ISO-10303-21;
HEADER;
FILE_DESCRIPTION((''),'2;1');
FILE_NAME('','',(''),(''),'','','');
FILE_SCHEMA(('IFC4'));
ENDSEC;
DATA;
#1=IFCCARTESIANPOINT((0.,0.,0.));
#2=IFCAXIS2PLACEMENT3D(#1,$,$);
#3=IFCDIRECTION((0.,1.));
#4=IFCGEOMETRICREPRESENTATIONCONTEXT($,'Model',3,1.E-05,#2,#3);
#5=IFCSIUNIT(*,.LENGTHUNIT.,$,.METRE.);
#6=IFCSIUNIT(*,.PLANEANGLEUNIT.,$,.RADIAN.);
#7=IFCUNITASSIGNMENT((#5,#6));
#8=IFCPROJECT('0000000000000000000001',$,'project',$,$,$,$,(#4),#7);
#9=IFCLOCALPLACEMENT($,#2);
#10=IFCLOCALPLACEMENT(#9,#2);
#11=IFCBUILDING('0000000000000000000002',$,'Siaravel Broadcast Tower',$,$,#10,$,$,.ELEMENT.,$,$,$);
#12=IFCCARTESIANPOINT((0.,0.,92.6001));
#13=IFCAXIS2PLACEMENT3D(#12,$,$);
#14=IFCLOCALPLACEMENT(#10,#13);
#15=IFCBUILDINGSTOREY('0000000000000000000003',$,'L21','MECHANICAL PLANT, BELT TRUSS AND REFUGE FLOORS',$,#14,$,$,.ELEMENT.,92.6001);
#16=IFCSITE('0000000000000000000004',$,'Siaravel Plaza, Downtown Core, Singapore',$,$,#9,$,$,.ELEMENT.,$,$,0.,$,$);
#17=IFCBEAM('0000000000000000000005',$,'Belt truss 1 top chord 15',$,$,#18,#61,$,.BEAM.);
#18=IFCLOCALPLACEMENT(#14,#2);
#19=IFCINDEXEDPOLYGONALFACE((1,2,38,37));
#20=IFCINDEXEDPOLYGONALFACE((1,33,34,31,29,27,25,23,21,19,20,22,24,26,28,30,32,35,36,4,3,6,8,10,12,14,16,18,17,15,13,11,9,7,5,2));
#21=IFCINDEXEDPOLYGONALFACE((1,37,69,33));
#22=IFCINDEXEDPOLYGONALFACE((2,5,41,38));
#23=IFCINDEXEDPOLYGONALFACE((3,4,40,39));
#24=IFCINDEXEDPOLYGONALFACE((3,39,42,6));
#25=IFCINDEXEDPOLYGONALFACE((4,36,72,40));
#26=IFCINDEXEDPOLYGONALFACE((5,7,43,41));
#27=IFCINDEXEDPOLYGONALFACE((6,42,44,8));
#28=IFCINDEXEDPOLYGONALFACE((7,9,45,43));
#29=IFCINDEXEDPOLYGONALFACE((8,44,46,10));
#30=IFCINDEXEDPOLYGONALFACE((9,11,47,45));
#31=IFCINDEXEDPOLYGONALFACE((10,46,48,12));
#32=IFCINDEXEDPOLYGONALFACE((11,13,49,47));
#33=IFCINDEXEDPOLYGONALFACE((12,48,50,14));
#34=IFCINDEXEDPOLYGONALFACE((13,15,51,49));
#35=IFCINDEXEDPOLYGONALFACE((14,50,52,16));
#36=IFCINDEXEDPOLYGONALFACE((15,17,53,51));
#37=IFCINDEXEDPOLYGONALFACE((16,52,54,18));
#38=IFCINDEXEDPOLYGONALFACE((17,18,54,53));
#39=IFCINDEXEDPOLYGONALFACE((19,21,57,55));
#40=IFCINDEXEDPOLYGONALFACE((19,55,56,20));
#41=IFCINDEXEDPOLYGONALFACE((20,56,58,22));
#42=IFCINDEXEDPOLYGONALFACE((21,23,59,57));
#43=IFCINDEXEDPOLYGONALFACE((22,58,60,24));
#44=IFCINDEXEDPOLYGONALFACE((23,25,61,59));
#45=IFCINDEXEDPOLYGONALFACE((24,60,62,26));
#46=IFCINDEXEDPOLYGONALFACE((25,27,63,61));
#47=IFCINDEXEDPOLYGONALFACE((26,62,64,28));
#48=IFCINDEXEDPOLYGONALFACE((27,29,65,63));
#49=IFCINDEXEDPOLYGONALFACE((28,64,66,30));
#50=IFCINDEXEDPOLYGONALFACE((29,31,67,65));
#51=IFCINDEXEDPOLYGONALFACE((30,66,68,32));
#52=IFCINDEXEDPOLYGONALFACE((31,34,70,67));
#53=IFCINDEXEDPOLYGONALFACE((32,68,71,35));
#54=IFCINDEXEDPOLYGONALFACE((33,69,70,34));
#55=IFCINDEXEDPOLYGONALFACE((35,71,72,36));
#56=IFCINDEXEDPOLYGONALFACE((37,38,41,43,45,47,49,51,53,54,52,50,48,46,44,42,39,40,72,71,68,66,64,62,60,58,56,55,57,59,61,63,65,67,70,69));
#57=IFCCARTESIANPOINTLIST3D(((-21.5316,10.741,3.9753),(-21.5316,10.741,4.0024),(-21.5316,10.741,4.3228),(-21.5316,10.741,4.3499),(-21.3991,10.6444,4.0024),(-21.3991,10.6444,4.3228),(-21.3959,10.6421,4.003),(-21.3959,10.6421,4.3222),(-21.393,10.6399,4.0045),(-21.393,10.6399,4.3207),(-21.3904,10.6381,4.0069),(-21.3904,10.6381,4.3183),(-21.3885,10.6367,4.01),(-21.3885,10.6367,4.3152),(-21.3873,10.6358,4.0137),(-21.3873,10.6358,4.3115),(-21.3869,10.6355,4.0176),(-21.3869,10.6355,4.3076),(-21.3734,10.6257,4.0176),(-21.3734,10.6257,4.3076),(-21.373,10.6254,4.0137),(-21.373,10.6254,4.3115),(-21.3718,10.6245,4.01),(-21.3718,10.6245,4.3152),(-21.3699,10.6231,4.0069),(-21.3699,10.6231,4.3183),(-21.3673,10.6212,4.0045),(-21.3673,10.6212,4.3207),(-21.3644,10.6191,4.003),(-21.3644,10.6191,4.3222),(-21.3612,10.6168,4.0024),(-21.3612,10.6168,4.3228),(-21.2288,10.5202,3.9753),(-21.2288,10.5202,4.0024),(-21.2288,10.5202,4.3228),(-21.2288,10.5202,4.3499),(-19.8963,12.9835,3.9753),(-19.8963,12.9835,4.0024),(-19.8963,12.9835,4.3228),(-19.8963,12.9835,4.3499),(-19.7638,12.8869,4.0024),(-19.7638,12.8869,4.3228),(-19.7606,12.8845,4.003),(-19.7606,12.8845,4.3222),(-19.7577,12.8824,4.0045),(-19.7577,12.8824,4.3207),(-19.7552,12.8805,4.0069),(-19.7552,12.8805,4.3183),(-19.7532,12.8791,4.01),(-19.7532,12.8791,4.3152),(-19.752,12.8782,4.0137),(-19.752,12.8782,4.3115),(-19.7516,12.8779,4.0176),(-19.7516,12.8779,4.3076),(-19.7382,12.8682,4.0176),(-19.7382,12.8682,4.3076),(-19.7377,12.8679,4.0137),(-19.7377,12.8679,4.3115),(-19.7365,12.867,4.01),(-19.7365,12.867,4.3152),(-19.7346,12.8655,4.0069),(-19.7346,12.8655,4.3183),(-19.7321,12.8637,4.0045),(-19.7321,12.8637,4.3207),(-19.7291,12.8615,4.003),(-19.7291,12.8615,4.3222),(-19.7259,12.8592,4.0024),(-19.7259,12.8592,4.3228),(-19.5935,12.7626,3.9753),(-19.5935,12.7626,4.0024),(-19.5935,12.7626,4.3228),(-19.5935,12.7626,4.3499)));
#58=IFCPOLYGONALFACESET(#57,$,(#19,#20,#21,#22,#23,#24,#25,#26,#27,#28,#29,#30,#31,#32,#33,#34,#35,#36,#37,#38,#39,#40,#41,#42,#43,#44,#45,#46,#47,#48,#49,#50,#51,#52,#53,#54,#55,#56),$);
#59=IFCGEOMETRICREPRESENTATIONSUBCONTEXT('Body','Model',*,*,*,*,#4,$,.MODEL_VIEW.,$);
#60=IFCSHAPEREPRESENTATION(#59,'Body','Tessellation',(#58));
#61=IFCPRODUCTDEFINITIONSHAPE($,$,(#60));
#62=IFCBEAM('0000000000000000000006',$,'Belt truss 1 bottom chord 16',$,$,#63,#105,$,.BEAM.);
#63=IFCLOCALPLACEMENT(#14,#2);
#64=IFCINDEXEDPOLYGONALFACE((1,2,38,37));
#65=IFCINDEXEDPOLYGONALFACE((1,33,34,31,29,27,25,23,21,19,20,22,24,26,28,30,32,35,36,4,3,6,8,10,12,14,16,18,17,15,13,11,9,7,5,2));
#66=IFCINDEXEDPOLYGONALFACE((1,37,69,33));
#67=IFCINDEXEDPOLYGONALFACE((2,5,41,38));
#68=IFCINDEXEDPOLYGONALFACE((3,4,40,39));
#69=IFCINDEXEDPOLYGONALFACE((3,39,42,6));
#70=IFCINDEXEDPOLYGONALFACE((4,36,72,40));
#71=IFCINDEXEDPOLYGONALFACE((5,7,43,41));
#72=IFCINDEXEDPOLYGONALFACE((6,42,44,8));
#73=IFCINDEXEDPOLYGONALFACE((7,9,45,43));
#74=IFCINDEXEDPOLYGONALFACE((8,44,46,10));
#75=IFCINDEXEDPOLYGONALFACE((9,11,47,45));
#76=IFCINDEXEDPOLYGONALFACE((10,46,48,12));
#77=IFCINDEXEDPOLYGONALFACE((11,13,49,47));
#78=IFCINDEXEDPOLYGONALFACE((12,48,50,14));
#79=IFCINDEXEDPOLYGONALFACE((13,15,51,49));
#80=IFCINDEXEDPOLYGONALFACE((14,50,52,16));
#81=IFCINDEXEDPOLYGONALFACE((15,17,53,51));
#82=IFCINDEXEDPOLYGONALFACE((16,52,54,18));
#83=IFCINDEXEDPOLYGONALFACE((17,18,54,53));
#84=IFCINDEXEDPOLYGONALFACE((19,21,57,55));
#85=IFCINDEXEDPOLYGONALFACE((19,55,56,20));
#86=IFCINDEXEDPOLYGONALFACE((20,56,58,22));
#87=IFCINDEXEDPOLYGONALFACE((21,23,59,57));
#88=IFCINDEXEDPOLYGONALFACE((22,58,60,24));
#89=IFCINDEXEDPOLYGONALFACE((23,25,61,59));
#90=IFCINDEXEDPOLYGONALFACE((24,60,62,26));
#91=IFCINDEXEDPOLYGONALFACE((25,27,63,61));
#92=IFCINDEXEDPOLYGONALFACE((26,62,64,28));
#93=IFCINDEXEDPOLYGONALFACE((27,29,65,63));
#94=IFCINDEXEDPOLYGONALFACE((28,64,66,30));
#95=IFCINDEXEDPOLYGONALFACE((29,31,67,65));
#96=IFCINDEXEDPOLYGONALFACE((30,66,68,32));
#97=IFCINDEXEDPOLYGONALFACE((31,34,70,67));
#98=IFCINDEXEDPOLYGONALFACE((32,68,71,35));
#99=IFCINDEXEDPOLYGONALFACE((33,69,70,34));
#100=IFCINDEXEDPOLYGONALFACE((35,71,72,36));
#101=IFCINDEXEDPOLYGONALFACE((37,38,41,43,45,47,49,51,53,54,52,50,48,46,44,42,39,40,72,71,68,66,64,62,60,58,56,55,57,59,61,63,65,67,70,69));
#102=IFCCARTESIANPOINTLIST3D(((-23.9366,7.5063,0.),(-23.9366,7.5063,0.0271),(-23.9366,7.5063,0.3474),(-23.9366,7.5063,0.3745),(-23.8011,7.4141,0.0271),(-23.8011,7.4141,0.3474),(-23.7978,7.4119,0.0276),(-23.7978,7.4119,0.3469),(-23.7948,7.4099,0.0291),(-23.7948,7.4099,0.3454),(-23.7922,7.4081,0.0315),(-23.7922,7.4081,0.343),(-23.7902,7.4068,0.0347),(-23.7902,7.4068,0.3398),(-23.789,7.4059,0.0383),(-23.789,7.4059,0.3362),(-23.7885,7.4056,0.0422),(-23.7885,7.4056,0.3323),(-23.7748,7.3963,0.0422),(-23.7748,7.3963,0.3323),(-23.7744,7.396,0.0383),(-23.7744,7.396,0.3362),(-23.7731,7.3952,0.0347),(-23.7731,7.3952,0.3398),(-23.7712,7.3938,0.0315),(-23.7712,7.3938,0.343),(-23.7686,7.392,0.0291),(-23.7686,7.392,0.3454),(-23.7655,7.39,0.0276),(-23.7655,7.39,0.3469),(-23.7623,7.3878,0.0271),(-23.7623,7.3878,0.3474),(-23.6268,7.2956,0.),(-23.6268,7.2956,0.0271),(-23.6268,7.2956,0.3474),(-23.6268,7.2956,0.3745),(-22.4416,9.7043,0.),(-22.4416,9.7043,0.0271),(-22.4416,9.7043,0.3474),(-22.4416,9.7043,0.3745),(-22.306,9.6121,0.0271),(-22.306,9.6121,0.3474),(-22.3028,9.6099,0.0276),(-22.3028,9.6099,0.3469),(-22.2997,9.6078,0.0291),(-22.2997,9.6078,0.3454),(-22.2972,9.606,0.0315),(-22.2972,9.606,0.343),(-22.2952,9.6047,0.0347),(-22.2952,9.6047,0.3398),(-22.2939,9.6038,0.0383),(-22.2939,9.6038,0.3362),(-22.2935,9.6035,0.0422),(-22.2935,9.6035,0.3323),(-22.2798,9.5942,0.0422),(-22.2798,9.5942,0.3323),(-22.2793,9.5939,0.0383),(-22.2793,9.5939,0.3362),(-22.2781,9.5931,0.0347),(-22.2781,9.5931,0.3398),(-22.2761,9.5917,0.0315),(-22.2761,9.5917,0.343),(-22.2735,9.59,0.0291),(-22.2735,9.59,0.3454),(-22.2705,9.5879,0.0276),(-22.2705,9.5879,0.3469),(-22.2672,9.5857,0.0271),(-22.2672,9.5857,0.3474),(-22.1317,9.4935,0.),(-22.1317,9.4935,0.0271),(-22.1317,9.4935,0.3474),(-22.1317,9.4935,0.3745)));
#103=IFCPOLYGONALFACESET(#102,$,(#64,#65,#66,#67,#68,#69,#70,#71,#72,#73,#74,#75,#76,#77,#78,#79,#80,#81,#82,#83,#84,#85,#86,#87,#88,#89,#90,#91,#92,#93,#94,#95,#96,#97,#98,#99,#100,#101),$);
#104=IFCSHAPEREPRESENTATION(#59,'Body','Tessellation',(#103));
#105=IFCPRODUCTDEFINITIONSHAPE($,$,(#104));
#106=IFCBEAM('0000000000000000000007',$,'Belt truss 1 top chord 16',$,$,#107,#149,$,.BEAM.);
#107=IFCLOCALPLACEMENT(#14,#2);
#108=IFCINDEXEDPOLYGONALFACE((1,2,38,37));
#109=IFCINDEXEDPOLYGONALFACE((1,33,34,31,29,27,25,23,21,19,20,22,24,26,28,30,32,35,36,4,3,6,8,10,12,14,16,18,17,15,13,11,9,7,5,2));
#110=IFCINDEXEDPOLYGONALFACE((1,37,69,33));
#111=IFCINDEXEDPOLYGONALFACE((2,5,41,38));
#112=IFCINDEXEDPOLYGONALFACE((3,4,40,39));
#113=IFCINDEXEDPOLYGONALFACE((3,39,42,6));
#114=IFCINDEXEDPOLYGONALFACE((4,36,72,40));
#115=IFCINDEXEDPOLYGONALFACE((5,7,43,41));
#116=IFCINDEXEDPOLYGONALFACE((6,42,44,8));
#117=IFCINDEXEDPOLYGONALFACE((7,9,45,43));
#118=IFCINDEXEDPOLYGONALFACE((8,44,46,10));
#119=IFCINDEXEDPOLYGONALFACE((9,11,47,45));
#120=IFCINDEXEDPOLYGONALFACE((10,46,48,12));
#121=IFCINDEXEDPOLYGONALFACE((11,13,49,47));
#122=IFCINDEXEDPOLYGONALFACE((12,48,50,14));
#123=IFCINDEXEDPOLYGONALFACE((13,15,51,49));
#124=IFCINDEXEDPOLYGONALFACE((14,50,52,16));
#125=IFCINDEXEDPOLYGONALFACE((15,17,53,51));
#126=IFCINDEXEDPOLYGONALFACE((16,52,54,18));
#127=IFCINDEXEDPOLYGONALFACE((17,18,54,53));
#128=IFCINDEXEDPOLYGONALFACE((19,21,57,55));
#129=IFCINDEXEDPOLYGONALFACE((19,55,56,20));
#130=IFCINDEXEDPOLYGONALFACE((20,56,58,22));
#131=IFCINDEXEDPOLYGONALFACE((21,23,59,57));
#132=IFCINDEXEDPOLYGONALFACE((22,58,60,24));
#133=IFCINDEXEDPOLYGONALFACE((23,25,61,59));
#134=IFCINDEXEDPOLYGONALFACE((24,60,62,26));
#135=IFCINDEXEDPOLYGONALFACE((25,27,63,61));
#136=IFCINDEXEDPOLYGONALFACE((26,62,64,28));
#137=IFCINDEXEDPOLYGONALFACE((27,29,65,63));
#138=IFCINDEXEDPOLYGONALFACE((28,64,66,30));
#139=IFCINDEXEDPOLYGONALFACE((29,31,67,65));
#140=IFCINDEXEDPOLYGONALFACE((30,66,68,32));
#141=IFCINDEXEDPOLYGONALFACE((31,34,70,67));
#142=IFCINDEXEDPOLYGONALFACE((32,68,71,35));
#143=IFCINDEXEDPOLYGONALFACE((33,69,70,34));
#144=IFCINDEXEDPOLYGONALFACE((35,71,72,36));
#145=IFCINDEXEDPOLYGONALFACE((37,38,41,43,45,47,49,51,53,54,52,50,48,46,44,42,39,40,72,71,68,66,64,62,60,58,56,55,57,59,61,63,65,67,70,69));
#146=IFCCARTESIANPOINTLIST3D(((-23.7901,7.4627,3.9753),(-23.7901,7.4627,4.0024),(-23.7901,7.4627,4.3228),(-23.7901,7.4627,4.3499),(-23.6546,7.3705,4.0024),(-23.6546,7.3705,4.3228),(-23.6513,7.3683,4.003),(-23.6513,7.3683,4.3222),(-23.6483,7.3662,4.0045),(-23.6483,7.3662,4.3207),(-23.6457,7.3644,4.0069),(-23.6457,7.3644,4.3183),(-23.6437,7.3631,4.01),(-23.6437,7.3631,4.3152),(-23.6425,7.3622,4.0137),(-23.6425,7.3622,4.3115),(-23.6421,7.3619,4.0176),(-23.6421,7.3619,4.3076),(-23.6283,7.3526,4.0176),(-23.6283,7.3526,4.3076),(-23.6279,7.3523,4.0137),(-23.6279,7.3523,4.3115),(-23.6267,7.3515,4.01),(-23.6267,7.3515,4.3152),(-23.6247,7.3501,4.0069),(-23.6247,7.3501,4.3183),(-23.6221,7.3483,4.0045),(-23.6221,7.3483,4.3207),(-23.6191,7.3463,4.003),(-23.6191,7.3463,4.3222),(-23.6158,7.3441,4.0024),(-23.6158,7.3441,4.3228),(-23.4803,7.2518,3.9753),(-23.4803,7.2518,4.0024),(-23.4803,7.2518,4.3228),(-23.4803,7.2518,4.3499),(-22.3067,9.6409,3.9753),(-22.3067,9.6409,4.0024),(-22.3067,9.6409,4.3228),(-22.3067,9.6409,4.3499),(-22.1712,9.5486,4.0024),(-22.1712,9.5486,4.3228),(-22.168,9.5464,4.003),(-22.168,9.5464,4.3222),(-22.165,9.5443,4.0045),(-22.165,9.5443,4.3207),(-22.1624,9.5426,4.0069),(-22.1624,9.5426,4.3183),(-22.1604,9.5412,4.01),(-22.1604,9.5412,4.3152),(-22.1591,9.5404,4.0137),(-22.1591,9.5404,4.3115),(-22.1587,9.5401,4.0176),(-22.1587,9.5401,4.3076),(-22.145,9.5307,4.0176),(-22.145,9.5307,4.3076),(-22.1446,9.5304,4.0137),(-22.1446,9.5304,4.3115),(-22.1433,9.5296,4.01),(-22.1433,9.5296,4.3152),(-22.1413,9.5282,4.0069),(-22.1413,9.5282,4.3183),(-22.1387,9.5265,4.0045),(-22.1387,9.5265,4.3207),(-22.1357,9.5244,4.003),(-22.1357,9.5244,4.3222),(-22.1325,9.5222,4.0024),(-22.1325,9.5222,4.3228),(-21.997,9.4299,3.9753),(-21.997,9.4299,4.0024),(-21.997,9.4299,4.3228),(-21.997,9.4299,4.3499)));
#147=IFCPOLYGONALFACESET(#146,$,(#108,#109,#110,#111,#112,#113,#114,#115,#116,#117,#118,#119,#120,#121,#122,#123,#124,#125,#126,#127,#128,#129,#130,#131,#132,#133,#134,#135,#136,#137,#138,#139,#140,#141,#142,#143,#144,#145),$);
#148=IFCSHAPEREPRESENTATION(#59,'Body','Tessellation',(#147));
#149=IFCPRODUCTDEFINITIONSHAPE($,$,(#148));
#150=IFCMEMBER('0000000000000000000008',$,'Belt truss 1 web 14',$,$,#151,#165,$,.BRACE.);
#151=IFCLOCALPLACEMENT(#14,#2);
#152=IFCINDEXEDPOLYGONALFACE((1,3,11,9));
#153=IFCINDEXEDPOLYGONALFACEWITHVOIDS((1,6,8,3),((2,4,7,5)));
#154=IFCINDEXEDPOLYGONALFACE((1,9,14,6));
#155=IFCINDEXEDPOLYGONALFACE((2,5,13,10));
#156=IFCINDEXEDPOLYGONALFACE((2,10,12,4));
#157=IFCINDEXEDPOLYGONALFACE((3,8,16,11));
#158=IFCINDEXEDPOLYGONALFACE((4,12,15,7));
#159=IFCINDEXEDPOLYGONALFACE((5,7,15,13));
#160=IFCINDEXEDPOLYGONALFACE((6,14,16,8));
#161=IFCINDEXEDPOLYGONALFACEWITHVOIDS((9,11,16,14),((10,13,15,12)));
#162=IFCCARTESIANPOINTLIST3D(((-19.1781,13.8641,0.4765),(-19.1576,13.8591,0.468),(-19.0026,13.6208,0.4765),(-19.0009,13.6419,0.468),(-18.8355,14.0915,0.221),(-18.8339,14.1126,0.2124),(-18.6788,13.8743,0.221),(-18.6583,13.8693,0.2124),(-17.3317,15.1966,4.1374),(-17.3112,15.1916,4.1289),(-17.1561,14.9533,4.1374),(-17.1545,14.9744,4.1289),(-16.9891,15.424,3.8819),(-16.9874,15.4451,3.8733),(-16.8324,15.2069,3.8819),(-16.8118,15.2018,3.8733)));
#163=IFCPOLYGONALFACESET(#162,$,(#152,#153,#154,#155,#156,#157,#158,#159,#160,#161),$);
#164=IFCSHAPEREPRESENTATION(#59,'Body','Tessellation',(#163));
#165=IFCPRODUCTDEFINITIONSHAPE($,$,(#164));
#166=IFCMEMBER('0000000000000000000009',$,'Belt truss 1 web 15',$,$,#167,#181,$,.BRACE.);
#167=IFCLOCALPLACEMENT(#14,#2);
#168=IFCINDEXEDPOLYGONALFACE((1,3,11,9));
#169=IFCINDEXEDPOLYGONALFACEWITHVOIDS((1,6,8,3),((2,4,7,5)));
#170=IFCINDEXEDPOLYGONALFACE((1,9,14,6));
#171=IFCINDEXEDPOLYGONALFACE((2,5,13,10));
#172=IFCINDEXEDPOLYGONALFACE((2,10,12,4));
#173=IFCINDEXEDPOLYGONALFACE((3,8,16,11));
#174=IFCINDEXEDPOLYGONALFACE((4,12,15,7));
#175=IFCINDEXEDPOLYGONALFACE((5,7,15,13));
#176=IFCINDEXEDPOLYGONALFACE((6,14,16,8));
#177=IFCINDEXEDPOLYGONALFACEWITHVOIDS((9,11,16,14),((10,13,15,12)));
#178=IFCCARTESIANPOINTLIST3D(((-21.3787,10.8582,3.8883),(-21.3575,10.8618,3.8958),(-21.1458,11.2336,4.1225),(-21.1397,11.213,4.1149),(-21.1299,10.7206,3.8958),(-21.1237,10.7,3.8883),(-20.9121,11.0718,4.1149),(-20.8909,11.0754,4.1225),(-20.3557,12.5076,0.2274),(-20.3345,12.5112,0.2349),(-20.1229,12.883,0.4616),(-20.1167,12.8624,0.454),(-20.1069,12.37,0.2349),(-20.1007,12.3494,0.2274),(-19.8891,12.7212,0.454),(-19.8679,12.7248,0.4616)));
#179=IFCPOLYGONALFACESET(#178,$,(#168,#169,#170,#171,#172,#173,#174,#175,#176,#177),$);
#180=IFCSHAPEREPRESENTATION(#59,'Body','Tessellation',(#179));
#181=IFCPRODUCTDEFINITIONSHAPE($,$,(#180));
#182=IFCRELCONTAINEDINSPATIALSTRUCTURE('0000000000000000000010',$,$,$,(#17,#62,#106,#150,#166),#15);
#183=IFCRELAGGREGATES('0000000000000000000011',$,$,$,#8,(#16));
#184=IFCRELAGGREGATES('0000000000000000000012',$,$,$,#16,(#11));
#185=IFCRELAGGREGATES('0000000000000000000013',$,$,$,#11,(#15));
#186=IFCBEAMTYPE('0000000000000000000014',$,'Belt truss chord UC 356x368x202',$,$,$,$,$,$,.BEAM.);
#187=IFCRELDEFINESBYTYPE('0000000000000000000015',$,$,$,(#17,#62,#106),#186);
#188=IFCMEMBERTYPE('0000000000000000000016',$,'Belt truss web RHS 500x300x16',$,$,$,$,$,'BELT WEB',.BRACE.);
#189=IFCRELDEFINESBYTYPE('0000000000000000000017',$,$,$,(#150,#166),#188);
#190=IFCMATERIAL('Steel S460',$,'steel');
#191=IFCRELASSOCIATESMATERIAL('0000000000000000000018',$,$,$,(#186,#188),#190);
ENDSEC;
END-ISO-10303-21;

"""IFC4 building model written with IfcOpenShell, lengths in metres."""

from ifc_helpers import new_model, si_unit, direction, frame, origin, origin_2d, place, context, subcontext, project, spatial, hollow_rectangle, i_section, extrude, material, material_profile, profile_set, type_object, element, save


model = new_model("IFC4")

# Units and contexts
model_context = context("Model", 3, precision=1e-05, world=origin(), true_north=direction((0.0, 1.0)))
body_context = subcontext(model_context, "Body", "Model", "MODEL_VIEW")
ifc_project = project(units=[si_unit("LENGTHUNIT", "METRE"), si_unit("PLANEANGLEUNIT", "RADIAN")], contexts=[model_context])

# Site, building, storey
site_placement = place(None, origin())
site = spatial("IfcSite", under=ifc_project, at=site_placement, Name="Siaravel Plaza, Downtown Core, Singapore", CompositionType="ELEMENT", RefElevation=0.0)
building_placement = place(site_placement, origin())
building = spatial("IfcBuilding", under=site, at=building_placement, Name="Siaravel Broadcast Tower", CompositionType="ELEMENT")
storey_placement = place(building_placement, frame((0.0, 0.0, 92.6001)))
storey = spatial("IfcBuildingStorey", under=building, at=storey_placement, Name="L21", Description="MECHANICAL PLANT, BELT TRUSS AND REFUGE FLOORS", CompositionType="ELEMENT", Elevation=92.6001)

# Beams
ifc_material_1 = material(Name="Steel S460", Category="steel")
ifc_material_profile_1 = material_profile(ifc_material_1, i_section(OverallWidth=0.3748, OverallDepth=0.3745, WebThickness=0.0166, FlangeThickness=0.0271, FilletRadius=0.0151, at=origin_2d()))
ifc_profile_set_1 = profile_set([ifc_material_profile_1], Name="Steel S460")
beam_type_1 = type_object("IfcBeamType", Name="Belt truss chord UC 356x368x202", PredefinedType="BEAM", material=ifc_profile_set_1)
beam_1_placement = place(storey_placement, frame((-19.7449, 12.873, 4.1626), z_axis=(-0.589207, -0.807982, 0.0), x_axis=(0.807982, -0.589207, 0.0)))
element("IfcBeam", 1, at=beam_1_placement, inside=storey, type_object=beam_type_1, Name="Belt truss 1 top chord 15", PredefinedType="BEAM", context=body_context, shape_type="SweptSolid", body=[
    extrude(i_section(OverallWidth=0.3748, OverallDepth=0.3745, WebThickness=0.0166, FlangeThickness=0.0271, FilletRadius=0.0151, at=origin_2d()), origin(), (0.0, 0.0, 1.0), 2.7754),
])
beam_2_placement = place(storey_placement, frame((-22.2866, 9.5989, 0.1873), z_axis=(-0.562433, -0.826843, 0.0), x_axis=(0.826843, -0.562433, 0.0)))
element("IfcBeam", 2, at=beam_2_placement, inside=storey, type_object=beam_type_1, Name="Belt truss 1 bottom chord 16", PredefinedType="BEAM", context=body_context, shape_type="SweptSolid", body=[
    extrude(i_section(OverallWidth=0.3748, OverallDepth=0.3745, WebThickness=0.0166, FlangeThickness=0.0271, FilletRadius=0.0151, at=origin_2d()), origin(), (0.0, 0.0, 1.0), 2.6582),
])
beam_3_placement = place(storey_placement, frame((-22.1519, 9.5354, 4.1626), z_axis=(-0.562883, -0.826537, 0.0), x_axis=(0.826537, -0.562883, 0.0)))
element("IfcBeam", 3, at=beam_3_placement, inside=storey, type_object=beam_type_1, Name="Belt truss 1 top chord 16", PredefinedType="BEAM", context=body_context, shape_type="SweptSolid", body=[
    extrude(i_section(OverallWidth=0.3748, OverallDepth=0.3745, WebThickness=0.0166, FlangeThickness=0.0271, FilletRadius=0.0151, at=origin_2d()), origin(), (0.0, 0.0, 1.0), 2.6353),
])

# Members
ifc_material_profile_2 = material_profile(ifc_material_1, hollow_rectangle(XDim=0.3, YDim=0.5, WallThickness=0.0161, at=origin_2d()))
ifc_profile_set_2 = profile_set([ifc_material_profile_2], Name="Steel S460")
member_type_1 = type_object("IfcMemberType", Name="Belt truss web RHS 500x300x16", ElementType="BELT WEB", PredefinedType="BRACE", material=ifc_profile_set_2)
member_1_placement = place(storey_placement, frame((-18.9182, 13.8667, 0.3445), z_axis=(0.428281, 0.309078, 0.849144), x_axis=(-0.585197, 0.810891, 0.0)))
element("IfcMember", 4, at=member_1_placement, inside=storey, type_object=member_type_1, Name="Belt truss 1 web 14", PredefinedType="BRACE", context=body_context, shape_type="SweptSolid", body=[
    extrude(hollow_rectangle(XDim=0.3, YDim=0.5, WallThickness=0.0161, at=origin_2d()), origin(), (0.0, 0.0, 1.0), 4.3113),
])
member_2_placement = place(storey_placement, frame((-20.1118, 12.6162, 0.3445), z_axis=(-0.246877, -0.398067, 0.883513), x_axis=(0.849831, -0.527056, 0.0)))
element("IfcMember", 5, at=member_2_placement, inside=storey, type_object=member_type_1, Name="Belt truss 1 web 15", PredefinedType="BRACE", context=body_context, shape_type="SweptSolid", body=[
    extrude(hollow_rectangle(XDim=0.3, YDim=0.5, WallThickness=0.0161, at=origin_2d()), origin(), (0.0, 0.0, 1.0), 4.1436),
])

save(model, "model.ifc")
